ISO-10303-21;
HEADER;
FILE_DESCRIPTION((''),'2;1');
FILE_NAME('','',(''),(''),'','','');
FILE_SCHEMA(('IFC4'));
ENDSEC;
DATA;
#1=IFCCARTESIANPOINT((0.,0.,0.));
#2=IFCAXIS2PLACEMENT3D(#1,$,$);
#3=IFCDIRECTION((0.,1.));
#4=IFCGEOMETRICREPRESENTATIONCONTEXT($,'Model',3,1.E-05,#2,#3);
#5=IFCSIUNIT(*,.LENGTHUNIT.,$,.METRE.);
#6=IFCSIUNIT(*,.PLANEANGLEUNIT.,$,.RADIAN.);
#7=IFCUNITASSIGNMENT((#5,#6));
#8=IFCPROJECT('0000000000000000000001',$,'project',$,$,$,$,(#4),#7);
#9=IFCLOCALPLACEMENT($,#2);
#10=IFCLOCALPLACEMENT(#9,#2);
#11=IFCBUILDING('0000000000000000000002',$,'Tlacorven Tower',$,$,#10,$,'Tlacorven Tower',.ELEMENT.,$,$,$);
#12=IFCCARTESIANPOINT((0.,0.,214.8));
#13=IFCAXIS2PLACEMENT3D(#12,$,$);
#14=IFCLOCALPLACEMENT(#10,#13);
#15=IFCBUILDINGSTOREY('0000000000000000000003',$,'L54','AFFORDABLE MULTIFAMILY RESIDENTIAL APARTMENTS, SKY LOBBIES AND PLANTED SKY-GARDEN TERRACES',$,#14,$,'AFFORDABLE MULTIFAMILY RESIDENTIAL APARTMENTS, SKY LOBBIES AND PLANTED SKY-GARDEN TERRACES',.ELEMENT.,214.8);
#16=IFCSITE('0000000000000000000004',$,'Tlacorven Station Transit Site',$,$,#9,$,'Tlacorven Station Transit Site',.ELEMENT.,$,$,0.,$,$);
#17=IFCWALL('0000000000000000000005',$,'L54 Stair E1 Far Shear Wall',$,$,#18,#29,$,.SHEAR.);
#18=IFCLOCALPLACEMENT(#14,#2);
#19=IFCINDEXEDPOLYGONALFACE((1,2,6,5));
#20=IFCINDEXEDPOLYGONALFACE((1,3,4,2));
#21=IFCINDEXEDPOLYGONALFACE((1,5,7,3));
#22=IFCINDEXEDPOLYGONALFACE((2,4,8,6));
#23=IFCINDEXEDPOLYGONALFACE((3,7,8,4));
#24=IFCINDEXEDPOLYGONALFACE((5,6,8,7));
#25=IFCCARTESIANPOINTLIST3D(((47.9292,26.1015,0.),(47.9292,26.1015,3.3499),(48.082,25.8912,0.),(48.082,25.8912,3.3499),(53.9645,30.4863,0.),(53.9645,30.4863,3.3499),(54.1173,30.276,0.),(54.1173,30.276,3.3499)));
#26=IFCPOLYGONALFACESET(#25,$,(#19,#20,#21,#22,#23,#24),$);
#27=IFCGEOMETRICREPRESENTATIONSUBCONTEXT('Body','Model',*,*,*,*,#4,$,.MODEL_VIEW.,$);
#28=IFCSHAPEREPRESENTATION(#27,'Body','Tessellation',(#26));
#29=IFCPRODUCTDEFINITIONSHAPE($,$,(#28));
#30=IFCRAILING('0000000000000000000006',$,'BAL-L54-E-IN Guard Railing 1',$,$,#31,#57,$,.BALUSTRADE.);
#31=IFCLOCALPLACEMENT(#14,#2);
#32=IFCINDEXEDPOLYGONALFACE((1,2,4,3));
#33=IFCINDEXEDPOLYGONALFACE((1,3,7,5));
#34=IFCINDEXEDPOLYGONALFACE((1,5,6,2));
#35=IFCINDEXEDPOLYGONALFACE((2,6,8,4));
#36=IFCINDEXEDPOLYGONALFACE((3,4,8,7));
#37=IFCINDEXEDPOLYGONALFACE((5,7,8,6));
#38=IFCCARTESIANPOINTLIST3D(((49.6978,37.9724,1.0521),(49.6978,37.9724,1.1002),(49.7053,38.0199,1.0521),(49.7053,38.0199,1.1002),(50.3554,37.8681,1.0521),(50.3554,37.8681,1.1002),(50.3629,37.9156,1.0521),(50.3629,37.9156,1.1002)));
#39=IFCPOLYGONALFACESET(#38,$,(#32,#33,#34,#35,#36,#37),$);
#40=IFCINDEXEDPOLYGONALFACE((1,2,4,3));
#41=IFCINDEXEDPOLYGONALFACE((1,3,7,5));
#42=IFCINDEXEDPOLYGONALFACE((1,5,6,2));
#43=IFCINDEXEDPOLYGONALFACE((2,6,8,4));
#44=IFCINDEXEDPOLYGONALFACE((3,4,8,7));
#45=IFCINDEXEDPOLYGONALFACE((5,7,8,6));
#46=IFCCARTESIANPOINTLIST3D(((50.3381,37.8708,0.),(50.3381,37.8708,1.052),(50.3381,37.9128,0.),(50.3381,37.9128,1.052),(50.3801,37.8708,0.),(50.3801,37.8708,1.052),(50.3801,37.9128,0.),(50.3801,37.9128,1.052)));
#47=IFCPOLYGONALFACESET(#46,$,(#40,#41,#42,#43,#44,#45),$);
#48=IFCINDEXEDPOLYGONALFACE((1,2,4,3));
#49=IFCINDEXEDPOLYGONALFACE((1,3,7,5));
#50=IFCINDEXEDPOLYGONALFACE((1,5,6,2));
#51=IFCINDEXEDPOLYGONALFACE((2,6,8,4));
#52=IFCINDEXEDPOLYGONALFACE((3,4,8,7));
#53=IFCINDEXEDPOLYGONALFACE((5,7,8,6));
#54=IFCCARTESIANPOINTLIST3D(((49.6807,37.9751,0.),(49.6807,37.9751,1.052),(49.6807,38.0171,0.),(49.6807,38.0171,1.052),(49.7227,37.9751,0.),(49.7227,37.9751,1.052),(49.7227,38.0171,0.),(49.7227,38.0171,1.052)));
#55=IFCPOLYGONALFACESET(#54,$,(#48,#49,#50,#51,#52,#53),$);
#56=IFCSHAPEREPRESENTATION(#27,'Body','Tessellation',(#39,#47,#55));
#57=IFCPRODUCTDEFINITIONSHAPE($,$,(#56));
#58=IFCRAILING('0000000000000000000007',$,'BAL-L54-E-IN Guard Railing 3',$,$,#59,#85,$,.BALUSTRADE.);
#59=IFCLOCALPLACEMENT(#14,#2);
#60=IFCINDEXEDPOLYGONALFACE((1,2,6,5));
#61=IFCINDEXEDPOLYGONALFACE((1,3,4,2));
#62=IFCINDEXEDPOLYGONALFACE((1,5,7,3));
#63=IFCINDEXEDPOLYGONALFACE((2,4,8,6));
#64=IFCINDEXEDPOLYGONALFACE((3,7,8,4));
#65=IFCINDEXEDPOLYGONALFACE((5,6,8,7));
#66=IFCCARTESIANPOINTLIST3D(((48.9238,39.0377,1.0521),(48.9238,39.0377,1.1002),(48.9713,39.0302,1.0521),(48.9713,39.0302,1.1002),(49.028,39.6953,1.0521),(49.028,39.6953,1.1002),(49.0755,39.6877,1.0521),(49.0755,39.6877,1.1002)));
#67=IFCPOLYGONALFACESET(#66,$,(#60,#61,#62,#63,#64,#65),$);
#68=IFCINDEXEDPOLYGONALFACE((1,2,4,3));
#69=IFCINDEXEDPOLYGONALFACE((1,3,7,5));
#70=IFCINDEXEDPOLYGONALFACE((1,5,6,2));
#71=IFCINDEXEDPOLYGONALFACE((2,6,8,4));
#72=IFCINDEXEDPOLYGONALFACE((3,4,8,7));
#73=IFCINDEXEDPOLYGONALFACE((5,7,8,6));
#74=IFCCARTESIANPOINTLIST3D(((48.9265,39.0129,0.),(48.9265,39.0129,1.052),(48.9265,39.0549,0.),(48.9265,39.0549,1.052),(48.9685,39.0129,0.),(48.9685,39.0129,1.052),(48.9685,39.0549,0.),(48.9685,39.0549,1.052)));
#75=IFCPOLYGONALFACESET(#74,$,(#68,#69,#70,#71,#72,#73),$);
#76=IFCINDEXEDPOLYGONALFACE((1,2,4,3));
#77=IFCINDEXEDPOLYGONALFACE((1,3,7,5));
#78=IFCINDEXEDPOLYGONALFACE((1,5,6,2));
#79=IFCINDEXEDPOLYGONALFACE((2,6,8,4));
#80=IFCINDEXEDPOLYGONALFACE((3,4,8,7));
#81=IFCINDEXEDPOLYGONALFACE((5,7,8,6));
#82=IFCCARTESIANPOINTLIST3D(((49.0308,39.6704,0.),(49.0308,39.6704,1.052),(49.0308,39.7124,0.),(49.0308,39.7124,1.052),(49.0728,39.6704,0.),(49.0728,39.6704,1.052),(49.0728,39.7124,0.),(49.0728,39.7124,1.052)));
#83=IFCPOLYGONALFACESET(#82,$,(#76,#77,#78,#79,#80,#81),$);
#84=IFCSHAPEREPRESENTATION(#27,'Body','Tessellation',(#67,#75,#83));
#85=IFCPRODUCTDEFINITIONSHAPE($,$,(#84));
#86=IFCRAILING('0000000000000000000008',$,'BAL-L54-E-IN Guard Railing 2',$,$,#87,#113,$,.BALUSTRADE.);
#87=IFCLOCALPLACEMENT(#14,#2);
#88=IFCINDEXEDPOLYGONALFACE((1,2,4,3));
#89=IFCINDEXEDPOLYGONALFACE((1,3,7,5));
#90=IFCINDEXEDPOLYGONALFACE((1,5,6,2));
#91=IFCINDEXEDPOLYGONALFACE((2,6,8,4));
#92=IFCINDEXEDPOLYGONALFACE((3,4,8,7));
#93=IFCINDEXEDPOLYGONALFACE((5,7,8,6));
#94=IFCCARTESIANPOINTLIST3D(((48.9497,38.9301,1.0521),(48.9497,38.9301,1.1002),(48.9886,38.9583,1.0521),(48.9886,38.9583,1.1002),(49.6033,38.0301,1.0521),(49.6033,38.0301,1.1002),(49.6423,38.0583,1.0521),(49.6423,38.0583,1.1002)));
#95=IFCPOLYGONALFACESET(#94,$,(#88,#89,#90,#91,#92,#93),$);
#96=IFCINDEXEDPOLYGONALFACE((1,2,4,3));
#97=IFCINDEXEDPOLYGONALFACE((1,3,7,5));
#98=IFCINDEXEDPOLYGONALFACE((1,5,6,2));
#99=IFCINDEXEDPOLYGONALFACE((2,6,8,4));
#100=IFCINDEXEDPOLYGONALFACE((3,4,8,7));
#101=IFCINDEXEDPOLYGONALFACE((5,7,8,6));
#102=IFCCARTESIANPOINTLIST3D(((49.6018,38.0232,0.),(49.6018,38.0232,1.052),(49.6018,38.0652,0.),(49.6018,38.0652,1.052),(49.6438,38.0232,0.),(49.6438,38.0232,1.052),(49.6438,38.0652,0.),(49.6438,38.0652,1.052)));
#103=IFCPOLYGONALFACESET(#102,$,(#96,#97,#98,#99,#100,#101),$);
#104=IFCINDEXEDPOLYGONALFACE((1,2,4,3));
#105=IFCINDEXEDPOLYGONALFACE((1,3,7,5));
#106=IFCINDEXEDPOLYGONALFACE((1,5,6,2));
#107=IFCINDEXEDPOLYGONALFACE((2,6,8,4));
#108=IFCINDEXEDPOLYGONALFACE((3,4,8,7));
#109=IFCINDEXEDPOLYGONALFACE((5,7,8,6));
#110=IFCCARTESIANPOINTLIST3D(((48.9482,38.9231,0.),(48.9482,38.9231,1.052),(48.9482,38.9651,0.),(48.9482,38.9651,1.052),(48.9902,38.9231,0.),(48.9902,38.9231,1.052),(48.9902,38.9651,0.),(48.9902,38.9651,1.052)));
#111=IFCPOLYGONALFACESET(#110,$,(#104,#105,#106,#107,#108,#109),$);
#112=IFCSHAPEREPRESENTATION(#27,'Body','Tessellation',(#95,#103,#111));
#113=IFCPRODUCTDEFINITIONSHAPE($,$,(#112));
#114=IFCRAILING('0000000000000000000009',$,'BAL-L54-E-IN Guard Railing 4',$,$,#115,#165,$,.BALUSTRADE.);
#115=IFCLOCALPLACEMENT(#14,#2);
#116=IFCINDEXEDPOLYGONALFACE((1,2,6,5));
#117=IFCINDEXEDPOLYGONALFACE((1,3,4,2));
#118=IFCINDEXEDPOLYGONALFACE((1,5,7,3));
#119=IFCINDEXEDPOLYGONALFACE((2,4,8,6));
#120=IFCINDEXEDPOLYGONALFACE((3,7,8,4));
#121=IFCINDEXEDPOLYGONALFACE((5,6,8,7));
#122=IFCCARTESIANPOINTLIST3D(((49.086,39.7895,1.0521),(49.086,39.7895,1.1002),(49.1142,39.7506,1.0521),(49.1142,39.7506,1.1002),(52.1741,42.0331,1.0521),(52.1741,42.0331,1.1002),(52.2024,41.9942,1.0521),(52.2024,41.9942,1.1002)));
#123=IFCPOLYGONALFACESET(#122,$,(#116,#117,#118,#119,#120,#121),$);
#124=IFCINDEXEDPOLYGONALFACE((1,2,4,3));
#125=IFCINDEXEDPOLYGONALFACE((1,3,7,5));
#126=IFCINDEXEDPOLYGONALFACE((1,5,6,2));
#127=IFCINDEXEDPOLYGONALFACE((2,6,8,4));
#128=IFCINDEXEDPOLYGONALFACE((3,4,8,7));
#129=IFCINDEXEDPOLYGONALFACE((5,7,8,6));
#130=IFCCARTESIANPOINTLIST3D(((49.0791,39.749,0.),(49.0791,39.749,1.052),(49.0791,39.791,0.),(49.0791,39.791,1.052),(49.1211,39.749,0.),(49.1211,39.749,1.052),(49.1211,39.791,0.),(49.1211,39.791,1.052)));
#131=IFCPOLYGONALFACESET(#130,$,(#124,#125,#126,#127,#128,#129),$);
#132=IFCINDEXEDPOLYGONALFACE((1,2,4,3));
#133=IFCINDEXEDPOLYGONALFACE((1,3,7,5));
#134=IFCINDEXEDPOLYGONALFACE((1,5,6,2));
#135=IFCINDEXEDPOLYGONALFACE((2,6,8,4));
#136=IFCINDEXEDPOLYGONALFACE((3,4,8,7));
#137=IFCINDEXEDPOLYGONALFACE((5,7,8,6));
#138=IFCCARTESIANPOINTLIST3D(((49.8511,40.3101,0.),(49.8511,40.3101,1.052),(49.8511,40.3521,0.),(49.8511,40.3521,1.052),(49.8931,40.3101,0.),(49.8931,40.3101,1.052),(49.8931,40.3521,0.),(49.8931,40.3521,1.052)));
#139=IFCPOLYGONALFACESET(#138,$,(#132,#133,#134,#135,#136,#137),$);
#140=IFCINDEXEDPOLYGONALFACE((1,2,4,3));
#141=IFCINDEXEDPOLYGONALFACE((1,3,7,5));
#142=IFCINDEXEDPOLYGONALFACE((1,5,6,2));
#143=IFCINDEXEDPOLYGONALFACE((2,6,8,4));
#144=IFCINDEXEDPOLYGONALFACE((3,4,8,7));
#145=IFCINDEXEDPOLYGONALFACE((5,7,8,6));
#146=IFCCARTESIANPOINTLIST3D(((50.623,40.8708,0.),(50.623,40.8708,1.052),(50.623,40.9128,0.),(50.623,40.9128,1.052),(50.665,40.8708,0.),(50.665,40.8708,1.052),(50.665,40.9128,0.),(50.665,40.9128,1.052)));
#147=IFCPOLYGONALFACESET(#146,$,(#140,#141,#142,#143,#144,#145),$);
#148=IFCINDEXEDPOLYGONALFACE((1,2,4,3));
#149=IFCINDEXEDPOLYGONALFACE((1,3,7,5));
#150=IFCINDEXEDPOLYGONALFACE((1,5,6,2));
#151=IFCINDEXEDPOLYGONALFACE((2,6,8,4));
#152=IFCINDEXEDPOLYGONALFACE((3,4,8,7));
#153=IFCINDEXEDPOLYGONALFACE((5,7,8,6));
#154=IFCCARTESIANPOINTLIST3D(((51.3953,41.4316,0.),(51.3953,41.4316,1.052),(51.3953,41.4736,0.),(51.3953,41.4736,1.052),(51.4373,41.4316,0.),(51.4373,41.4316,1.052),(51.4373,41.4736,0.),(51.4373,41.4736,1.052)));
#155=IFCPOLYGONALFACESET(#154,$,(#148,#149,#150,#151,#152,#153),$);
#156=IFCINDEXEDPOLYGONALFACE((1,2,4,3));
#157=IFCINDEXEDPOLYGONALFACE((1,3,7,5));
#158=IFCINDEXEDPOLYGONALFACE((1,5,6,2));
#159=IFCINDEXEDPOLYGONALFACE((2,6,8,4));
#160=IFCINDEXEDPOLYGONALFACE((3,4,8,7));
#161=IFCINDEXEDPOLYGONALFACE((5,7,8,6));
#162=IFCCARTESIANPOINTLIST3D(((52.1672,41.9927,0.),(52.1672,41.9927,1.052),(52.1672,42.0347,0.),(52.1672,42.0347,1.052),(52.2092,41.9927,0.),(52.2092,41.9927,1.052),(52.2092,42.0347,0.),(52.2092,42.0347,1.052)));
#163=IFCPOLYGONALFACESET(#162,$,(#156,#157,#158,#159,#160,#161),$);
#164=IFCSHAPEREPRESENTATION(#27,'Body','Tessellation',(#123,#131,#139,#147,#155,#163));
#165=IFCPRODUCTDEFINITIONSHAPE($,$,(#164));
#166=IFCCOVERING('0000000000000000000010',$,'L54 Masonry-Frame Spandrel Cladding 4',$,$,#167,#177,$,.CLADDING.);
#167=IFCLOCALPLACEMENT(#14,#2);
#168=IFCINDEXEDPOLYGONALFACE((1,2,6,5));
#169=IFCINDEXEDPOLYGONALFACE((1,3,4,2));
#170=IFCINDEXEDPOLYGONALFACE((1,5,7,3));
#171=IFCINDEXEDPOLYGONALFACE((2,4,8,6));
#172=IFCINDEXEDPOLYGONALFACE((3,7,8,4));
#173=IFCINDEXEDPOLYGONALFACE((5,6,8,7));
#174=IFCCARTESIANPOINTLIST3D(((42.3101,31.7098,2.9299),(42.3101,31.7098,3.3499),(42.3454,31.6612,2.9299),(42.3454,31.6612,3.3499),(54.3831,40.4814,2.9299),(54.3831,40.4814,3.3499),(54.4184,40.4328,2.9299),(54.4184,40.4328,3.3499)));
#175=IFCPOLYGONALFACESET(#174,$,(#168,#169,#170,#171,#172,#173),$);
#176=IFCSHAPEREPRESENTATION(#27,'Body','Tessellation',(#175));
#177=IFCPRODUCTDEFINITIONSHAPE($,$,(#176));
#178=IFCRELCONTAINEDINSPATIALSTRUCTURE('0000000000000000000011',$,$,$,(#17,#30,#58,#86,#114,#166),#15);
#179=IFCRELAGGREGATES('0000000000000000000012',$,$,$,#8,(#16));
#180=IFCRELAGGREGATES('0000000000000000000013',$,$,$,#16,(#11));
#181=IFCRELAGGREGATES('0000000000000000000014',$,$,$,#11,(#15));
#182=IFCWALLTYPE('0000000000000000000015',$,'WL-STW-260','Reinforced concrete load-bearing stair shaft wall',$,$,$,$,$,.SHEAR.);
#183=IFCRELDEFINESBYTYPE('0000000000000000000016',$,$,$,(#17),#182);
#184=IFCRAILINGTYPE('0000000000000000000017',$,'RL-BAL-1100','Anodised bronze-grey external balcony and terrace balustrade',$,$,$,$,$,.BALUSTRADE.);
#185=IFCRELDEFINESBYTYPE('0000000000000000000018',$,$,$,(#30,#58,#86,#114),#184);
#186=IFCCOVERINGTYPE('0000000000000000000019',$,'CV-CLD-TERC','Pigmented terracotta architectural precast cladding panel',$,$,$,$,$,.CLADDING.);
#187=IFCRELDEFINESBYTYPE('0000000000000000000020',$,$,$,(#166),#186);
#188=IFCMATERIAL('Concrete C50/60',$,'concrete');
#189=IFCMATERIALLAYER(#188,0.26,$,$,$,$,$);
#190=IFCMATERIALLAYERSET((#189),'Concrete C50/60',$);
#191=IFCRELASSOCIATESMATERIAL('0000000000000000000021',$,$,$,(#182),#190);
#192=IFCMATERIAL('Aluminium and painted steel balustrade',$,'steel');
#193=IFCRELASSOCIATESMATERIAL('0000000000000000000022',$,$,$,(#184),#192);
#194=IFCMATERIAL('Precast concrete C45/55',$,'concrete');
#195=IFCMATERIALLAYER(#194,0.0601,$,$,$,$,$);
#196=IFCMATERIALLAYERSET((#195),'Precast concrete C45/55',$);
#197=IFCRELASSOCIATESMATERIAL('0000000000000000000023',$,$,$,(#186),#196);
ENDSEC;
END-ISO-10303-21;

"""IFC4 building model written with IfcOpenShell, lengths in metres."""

from ifc_helpers import new_model, si_unit, direction, frame, frame_2d, origin, origin_2d, place, context, subcontext, project, spatial, rectangle, extrude, source, transform, mapped, material, layer, layer_set, type_object, element, save


model = new_model("IFC4")

# Units and contexts
model_context = context("Model", 3, precision=1e-05, world=origin(), true_north=direction((0.0, 1.0)))
body_context = subcontext(model_context, "Body", "Model", "MODEL_VIEW")
ifc_project = project(units=[si_unit("LENGTHUNIT", "METRE"), si_unit("PLANEANGLEUNIT", "RADIAN")], contexts=[model_context])

# Site, building, storey
site_placement = place(None, origin())
site = spatial("IfcSite", under=ifc_project, at=site_placement, Name="Tlacorven Station Transit Site", LongName="Tlacorven Station Transit Site", CompositionType="ELEMENT", RefElevation=0.0)
building_placement = place(site_placement, origin())
building = spatial("IfcBuilding", under=site, at=building_placement, Name="Tlacorven Tower", LongName="Tlacorven Tower", CompositionType="ELEMENT")
storey_placement = place(building_placement, frame((0.0, 0.0, 214.8)))
storey = spatial("IfcBuildingStorey", under=building, at=storey_placement, Name="L54", Description="AFFORDABLE MULTIFAMILY RESIDENTIAL APARTMENTS, SKY LOBBIES AND PLANTED SKY-GARDEN TERRACES", LongName="AFFORDABLE MULTIFAMILY RESIDENTIAL APARTMENTS, SKY LOBBIES AND PLANTED SKY-GARDEN TERRACES", CompositionType="ELEMENT", Elevation=214.8)

# Shared definitions
ifc_material_1 = material(Name="Precast concrete C45/55", Category="concrete")

# Wall
ifc_material_2 = material(Name="Concrete C50/60", Category="concrete")
ifc_layer_1 = layer(ifc_material_2, 0.26)
ifc_layer_set_1 = layer_set([ifc_layer_1], Name="Concrete C50/60")
wall_type_1 = type_object("IfcWallType", Name="WL-STW-260", Description="Reinforced concrete load-bearing stair shaft wall", PredefinedType="SHEAR", material=ifc_layer_set_1)
wall_1_placement = place(storey_placement, frame((48.0056, 25.9963, 0.0), z_axis=(0.0, 0.0, 1.0), x_axis=(0.809019, 0.587782, 0.0)))
element("IfcWall", 1, at=wall_1_placement, inside=storey, type_object=wall_type_1, Name="L54 Stair E1 Far Shear Wall", PredefinedType="SHEAR", context=body_context, shape_type="SweptSolid", body=[
    extrude(rectangle(XDim=7.46, YDim=0.26, at=frame_2d((3.73, 0.0))), origin(), (0.0, 0.0, 1.0), 3.3499),
])

# Railings
ifc_material_3 = material(Name="Aluminium and painted steel balustrade", Category="steel")
railing_type_1 = type_object("IfcRailingType", Name="RL-BAL-1100", Description="Anodised bronze-grey external balcony and terrace balustrade", PredefinedType="BALUSTRADE", material=ifc_material_3)
shared_shape_1 = source(origin(), body_context, "Body", "SweptSolid", [
    extrude(rectangle(XDim=0.0481, YDim=0.0481, at=origin_2d()), frame((0.0, 0.0, 1.0762), z_axis=(-0.987662, 0.156603, 0.0), x_axis=(-0.156603, -0.987662, 0.0)), (0.0, 0.0, 1.0), 0.6658),
    extrude(rectangle(XDim=0.042, YDim=0.042, at=origin_2d()), origin(), (0.0, 0.0, 1.0), 1.052),
    extrude(rectangle(XDim=0.042, YDim=0.042, at=origin_2d()), frame((-0.6575, 0.1042, 0.0)), (0.0, 0.0, 1.0), 1.052),
])
railing_1_placement = place(storey_placement, frame((50.3591, 37.8918, 0.0)))
element("IfcRailing", 2, at=railing_1_placement, inside=storey, type_object=railing_type_1, Name="BAL-L54-E-IN Guard Railing 1", PredefinedType="BALUSTRADE", context=body_context, shape_type="MappedRepresentation", body=[
    mapped(shared_shape_1, transform((0.0, 0.0, 0.0), scale=1.0)),
])
shared_shape_2 = source(origin(), body_context, "Body", "SweptSolid", [
    extrude(rectangle(XDim=0.0481, YDim=0.0481, at=origin_2d()), frame((0.0, 0.0, 1.0762), z_axis=(0.156603, 0.987662, 0.0), x_axis=(-0.987662, 0.156603, 0.0)), (0.0, 0.0, 1.0), 0.6658),
    extrude(rectangle(XDim=0.042, YDim=0.042, at=origin_2d()), origin(), (0.0, 0.0, 1.0), 1.052),
    extrude(rectangle(XDim=0.042, YDim=0.042, at=origin_2d()), frame((0.1042, 0.6575, 0.0)), (0.0, 0.0, 1.0), 1.052),
])
railing_2_placement = place(storey_placement, frame((48.9475, 39.0339, 0.0)))
element("IfcRailing", 3, at=railing_2_placement, inside=storey, type_object=railing_type_1, Name="BAL-L54-E-IN Guard Railing 3", PredefinedType="BALUSTRADE", context=body_context, shape_type="MappedRepresentation", body=[
    mapped(shared_shape_2, transform((0.0, 0.0, 0.0), scale=1.0)),
])
shared_shape_3 = source(origin(), body_context, "Body", "SweptSolid", [
    extrude(rectangle(XDim=0.0481, YDim=0.0481, at=origin_2d()), frame((0.0, 0.0, 1.0762), z_axis=(-0.587636, 0.809125, 0.0), x_axis=(-0.809125, -0.587636, 0.0)), (0.0, 0.0, 1.0), 1.1123),
    extrude(rectangle(XDim=0.042, YDim=0.042, at=origin_2d()), origin(), (0.0, 0.0, 1.0), 1.052),
    extrude(rectangle(XDim=0.042, YDim=0.042, at=origin_2d()), frame((-0.6536, 0.8999, 0.0)), (0.0, 0.0, 1.0), 1.052),
])
railing_3_placement = place(storey_placement, frame((49.6228, 38.0442, 0.0)))
element("IfcRailing", 4, at=railing_3_placement, inside=storey, type_object=railing_type_1, Name="BAL-L54-E-IN Guard Railing 2", PredefinedType="BALUSTRADE", context=body_context, shape_type="MappedRepresentation", body=[
    mapped(shared_shape_3, transform((0.0, 0.0, 0.0), scale=1.0)),
])
shared_shape_4 = source(origin(), body_context, "Body", "SweptSolid", [
    extrude(rectangle(XDim=0.0481, YDim=0.0481, at=origin_2d()), frame((0.0, 0.0, 1.0762), z_axis=(0.809018, 0.587784, 0.0), x_axis=(-0.587784, 0.809018, 0.0)), (0.0, 0.0, 1.0), 3.8171),
    extrude(rectangle(XDim=0.042, YDim=0.042, at=origin_2d()), origin(), (0.0, 0.0, 1.0), 1.052),
    extrude(rectangle(XDim=0.042, YDim=0.042, at=origin_2d()), frame((0.772, 0.561, 0.0)), (0.0, 0.0, 1.0), 1.052),
    extrude(rectangle(XDim=0.042, YDim=0.042, at=origin_2d()), frame((1.5439, 1.1218, 0.0)), (0.0, 0.0, 1.0), 1.052),
    extrude(rectangle(XDim=0.042, YDim=0.042, at=origin_2d()), frame((2.3162, 1.6826, 0.0)), (0.0, 0.0, 1.0), 1.052),
    extrude(rectangle(XDim=0.042, YDim=0.042, at=origin_2d()), frame((3.0881, 2.2437, 0.0)), (0.0, 0.0, 1.0), 1.052),
])
railing_4_placement = place(storey_placement, frame((49.1001, 39.77, 0.0)))
element("IfcRailing", 5, at=railing_4_placement, inside=storey, type_object=railing_type_1, Name="BAL-L54-E-IN Guard Railing 4", PredefinedType="BALUSTRADE", context=body_context, shape_type="MappedRepresentation", body=[
    mapped(shared_shape_4, transform((0.0, 0.0, 0.0), scale=1.0)),
])

# Covering
ifc_layer_2 = layer(ifc_material_1, 0.0601)
ifc_layer_set_2 = layer_set([ifc_layer_2], Name="Precast concrete C45/55")
covering_type = type_object("IfcCoveringType", Name="CV-CLD-TERC", Description="Pigmented terracotta architectural precast cladding panel", PredefinedType="CLADDING", material=ifc_layer_set_2)
shared_shape_5 = source(origin(), body_context, "Body", "SweptSolid", [
    extrude(rectangle(XDim=14.9231, YDim=0.0601, at=origin_2d()), origin(), (0.0, 0.0, 1.0), 0.4199),
])
covering_placement = place(storey_placement, frame((48.3643, 36.0713, 2.9299), z_axis=(0.0, 0.0, 1.0), x_axis=(0.809017, 0.587786, 0.0)))
element("IfcCovering", 6, at=covering_placement, inside=storey, type_object=covering_type, Name="L54 Masonry-Frame Spandrel Cladding 4", PredefinedType="CLADDING", context=body_context, shape_type="MappedRepresentation", body=[
    mapped(shared_shape_5, transform((0.0, 0.0, 0.0), scale=1.0)),
])

save(model, "model.ifc")
